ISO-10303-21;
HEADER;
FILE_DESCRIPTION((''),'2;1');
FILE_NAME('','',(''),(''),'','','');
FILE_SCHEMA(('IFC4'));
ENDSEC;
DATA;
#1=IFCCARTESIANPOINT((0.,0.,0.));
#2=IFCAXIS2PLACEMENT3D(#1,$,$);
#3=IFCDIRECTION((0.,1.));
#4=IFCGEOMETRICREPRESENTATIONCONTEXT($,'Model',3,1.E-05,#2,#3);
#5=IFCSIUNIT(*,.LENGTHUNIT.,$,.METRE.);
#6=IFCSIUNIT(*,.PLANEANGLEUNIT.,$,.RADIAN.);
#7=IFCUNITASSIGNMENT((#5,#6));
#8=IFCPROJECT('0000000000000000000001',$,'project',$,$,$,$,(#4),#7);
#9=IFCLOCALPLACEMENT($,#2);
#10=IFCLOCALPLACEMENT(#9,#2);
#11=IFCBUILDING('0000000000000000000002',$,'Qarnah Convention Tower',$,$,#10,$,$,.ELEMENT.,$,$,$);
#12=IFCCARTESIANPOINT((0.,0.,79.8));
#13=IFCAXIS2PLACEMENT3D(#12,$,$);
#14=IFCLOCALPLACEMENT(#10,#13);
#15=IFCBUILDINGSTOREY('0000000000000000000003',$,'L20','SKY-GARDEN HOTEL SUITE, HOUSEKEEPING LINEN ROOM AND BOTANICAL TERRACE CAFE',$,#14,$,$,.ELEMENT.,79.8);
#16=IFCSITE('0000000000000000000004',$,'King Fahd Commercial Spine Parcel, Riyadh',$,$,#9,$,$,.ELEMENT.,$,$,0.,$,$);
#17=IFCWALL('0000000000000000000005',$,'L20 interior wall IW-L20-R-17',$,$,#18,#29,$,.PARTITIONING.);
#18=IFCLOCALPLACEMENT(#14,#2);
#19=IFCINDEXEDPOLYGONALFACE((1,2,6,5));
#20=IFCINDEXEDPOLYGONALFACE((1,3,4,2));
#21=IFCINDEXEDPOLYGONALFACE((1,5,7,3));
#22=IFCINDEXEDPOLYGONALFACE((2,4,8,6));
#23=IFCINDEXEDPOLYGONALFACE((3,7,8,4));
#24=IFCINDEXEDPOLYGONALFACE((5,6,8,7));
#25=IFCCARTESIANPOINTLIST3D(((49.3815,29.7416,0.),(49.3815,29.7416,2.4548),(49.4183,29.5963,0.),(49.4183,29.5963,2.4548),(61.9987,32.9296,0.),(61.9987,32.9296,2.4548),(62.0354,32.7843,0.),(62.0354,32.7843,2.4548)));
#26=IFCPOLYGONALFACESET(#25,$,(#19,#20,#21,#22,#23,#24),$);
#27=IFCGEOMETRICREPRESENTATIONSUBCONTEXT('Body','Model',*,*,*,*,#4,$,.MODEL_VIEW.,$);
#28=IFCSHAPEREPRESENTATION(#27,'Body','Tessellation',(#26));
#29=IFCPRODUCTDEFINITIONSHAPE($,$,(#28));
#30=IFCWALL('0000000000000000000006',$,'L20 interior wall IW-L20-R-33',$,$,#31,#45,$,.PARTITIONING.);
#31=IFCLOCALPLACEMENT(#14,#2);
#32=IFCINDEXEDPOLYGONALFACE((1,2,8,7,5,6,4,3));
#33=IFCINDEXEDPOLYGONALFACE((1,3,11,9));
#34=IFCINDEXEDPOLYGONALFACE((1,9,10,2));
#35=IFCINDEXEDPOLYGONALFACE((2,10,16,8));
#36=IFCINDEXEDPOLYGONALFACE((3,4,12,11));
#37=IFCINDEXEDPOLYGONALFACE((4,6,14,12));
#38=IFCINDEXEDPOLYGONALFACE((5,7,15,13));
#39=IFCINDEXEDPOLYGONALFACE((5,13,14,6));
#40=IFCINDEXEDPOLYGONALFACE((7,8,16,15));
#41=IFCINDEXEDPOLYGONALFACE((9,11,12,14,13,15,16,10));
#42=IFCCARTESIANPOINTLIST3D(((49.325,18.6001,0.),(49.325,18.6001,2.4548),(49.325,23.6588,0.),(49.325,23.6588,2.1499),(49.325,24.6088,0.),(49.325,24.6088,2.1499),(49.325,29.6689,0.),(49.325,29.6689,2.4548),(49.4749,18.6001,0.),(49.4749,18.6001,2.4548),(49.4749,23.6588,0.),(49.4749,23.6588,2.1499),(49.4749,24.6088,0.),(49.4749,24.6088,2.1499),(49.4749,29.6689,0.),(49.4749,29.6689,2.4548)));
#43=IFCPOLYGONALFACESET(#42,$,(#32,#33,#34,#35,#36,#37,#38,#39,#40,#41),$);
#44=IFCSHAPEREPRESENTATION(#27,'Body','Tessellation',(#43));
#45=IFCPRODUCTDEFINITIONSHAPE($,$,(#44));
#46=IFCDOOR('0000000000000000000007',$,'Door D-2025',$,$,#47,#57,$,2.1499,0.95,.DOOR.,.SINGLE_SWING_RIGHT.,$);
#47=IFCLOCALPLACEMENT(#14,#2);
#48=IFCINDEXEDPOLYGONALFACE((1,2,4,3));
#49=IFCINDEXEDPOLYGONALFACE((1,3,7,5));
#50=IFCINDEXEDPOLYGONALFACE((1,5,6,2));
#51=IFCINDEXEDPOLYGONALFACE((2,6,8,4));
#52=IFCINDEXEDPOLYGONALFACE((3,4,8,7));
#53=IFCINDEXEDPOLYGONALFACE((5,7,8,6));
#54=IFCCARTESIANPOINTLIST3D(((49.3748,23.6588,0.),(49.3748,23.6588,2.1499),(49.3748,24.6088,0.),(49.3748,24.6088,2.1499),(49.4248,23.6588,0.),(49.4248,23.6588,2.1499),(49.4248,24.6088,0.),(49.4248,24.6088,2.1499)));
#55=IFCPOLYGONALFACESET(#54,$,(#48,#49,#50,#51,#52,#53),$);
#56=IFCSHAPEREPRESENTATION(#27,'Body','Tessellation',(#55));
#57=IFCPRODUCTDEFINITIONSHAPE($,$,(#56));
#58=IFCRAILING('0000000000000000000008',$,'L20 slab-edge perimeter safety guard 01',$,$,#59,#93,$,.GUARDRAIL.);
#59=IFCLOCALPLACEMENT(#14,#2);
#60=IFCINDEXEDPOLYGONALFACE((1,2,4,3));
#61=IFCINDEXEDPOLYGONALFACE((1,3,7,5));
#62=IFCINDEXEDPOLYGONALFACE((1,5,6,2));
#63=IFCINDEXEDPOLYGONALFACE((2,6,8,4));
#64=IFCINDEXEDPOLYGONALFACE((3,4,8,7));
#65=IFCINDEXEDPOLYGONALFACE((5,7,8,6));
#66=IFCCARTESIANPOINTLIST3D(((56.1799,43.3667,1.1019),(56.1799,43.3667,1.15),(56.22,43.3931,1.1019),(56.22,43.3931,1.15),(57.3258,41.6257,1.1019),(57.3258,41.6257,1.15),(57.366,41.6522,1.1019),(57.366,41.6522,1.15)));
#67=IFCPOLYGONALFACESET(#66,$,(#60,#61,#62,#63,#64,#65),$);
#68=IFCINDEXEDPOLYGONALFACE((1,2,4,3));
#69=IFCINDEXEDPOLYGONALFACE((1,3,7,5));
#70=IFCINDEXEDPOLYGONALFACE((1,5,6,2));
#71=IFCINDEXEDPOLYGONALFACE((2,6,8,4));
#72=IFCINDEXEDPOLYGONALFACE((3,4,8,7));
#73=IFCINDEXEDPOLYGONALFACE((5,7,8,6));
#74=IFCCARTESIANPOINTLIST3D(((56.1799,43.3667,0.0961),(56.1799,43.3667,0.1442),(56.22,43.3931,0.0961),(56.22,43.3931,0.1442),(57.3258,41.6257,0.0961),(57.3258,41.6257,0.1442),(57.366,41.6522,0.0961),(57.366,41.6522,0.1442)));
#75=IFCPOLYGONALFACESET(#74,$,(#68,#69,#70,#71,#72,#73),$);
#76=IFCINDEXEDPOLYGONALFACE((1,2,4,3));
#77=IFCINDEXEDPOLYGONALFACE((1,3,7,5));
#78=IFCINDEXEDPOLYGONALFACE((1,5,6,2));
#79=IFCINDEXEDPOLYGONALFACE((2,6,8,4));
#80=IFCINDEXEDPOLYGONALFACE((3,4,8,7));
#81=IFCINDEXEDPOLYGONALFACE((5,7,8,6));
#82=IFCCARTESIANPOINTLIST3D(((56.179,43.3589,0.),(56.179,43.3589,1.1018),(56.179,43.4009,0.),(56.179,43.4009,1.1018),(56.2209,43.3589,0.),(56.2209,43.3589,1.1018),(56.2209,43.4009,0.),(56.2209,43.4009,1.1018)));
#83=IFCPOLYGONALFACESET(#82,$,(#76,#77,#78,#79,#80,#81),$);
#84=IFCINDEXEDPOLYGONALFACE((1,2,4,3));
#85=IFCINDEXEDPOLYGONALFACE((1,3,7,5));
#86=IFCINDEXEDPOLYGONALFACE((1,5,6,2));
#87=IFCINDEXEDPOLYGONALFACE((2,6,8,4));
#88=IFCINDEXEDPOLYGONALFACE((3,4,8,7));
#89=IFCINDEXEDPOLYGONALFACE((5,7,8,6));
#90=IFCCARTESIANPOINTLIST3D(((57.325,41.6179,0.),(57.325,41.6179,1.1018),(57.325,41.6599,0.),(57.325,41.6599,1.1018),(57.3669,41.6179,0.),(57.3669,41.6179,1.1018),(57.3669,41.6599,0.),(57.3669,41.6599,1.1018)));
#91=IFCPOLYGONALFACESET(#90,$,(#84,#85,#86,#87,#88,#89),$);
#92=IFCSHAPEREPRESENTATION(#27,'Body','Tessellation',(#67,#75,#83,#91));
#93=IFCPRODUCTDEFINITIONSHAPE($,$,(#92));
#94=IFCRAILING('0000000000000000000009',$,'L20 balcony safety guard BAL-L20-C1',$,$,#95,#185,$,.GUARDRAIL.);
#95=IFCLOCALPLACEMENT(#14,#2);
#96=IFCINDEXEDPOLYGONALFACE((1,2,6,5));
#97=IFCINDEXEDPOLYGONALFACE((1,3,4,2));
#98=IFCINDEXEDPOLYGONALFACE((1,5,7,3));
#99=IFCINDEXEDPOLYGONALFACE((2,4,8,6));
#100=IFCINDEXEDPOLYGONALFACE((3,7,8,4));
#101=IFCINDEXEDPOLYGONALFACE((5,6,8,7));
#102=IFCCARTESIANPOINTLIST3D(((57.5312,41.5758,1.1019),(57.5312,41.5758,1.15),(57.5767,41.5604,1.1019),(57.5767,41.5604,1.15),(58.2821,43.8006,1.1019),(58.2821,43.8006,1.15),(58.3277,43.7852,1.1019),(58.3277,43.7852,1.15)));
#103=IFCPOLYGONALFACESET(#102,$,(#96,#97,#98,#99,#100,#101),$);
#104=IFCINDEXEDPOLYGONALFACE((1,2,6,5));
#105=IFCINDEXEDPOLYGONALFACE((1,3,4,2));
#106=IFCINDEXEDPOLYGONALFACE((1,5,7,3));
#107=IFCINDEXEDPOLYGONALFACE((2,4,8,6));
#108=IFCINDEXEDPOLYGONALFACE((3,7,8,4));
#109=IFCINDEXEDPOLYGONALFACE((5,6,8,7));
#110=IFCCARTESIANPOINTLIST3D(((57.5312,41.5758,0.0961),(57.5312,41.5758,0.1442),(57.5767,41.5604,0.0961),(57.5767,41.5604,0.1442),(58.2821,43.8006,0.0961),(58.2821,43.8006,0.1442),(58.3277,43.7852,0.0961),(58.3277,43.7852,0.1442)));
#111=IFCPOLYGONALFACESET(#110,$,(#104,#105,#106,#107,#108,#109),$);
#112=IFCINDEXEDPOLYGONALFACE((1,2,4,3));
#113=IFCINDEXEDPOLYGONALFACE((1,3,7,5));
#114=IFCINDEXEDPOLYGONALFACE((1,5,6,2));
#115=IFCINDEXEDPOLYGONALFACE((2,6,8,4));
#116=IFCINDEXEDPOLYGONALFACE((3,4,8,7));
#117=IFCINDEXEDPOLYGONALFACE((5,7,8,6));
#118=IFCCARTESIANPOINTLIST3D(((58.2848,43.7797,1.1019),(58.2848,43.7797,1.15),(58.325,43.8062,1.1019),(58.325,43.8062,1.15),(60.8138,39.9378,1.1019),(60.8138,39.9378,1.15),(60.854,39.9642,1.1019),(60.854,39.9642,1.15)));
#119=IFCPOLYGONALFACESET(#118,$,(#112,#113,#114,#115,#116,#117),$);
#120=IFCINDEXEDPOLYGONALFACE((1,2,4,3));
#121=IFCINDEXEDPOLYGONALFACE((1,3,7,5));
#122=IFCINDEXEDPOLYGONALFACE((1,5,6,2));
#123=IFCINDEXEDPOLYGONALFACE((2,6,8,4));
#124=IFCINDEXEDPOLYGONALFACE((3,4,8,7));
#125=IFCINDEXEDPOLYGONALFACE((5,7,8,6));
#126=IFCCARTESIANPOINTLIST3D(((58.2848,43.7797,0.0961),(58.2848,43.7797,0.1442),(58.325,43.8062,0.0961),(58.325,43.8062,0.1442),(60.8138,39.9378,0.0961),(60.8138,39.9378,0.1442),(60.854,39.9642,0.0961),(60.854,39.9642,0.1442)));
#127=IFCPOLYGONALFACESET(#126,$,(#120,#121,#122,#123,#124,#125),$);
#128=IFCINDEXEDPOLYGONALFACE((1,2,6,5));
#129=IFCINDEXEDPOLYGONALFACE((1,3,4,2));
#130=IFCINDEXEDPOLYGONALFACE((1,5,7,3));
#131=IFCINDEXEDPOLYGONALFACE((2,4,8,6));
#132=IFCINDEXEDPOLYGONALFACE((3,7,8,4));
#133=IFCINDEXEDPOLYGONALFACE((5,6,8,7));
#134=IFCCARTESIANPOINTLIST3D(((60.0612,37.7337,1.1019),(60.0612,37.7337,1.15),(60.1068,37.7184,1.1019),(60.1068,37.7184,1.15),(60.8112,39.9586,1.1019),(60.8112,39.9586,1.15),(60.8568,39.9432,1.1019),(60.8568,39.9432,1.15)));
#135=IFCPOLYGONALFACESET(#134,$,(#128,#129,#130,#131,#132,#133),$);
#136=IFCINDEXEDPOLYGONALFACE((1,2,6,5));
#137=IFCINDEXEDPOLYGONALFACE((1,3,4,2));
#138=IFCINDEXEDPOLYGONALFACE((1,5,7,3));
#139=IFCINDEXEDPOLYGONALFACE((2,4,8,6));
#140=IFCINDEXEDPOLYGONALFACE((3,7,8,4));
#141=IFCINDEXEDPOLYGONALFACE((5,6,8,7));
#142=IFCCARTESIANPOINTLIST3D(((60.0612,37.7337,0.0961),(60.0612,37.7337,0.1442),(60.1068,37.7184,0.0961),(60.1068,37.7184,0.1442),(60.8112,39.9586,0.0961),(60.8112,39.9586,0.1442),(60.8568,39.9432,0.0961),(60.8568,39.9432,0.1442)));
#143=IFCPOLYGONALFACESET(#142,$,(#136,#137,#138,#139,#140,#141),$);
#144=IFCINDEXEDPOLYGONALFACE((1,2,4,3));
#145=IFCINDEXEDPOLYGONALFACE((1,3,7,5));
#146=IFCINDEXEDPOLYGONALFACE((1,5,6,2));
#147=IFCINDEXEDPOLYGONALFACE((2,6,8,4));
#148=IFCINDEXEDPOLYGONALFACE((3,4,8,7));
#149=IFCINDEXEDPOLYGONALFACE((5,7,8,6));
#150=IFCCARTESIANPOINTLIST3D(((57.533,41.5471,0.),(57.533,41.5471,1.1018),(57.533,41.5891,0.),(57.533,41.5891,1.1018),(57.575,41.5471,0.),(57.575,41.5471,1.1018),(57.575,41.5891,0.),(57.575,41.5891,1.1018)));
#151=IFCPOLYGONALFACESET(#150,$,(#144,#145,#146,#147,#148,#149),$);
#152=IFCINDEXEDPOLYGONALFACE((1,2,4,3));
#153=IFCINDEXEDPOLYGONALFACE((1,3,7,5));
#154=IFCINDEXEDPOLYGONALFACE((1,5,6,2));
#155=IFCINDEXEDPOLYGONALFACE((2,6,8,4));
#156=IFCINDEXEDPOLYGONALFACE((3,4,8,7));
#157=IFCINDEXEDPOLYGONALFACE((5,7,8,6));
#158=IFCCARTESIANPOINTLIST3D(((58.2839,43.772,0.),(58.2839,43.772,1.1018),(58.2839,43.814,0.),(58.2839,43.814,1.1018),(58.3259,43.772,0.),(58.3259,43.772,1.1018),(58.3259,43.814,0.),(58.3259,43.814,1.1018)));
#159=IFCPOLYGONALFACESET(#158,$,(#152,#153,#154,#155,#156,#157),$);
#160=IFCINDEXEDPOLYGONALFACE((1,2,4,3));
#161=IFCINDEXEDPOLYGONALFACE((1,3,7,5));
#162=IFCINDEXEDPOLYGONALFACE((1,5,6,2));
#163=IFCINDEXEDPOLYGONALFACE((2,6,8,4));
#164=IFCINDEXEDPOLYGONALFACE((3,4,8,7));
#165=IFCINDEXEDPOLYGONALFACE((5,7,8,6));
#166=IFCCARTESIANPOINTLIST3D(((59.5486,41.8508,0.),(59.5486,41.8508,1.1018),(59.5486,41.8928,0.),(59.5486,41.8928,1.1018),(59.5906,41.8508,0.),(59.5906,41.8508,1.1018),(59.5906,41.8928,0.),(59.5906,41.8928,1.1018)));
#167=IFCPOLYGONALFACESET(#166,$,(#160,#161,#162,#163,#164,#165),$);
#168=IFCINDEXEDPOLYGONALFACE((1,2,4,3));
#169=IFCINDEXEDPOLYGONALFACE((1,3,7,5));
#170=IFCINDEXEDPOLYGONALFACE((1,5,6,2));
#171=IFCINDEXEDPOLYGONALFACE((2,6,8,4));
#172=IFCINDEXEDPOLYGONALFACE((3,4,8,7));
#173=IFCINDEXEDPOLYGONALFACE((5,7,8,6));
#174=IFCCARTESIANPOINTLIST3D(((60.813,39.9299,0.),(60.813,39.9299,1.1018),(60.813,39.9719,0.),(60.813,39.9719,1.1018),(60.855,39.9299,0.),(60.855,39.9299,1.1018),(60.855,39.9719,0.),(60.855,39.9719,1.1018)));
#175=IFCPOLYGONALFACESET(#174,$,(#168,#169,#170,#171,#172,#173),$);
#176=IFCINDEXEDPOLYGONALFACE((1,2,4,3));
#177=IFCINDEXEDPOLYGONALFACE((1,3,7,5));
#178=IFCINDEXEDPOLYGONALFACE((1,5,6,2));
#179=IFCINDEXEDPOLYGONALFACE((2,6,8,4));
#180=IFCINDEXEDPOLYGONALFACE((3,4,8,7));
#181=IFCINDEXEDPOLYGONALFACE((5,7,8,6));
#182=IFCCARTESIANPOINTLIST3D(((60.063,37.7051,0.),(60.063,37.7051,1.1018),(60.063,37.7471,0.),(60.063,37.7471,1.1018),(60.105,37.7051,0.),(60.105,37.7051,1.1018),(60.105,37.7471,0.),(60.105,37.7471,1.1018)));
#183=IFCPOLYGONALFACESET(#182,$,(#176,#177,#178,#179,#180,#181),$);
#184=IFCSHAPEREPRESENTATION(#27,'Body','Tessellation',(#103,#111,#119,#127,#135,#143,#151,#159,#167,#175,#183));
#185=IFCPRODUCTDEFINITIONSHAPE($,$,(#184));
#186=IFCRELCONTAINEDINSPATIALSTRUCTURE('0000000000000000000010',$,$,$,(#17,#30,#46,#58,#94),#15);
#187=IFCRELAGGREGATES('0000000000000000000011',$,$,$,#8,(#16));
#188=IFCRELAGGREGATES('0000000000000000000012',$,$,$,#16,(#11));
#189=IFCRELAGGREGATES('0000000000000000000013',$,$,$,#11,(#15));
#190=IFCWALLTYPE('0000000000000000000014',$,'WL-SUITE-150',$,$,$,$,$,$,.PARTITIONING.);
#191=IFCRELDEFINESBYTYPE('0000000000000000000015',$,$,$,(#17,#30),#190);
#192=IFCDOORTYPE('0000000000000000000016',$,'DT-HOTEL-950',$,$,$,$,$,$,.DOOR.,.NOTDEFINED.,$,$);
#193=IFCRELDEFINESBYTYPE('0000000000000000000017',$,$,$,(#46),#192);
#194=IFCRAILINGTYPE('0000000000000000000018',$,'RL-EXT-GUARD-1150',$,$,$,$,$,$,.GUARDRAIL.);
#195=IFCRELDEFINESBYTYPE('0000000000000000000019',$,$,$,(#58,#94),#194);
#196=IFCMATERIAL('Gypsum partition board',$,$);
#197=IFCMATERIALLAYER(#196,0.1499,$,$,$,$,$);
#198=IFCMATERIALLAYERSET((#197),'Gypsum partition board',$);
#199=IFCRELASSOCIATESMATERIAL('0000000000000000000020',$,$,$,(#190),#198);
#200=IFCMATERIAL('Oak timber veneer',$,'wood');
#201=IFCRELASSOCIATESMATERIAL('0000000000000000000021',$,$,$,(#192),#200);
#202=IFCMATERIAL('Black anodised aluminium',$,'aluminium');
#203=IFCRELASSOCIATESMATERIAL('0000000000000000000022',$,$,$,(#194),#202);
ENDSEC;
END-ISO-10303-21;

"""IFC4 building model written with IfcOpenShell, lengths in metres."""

from ifc_helpers import new_model, si_unit, direction, frame, frame_2d, origin, origin_2d, place, context, subcontext, project, spatial, rectangle, extrude, material, layer, layer_set, type_object, element, fill, save


model = new_model("IFC4")

# Units and contexts
model_context = context("Model", 3, precision=1e-05, world=origin(), true_north=direction((0.0, 1.0)))
body_context = subcontext(model_context, "Body", "Model", "MODEL_VIEW")
ifc_project = project(units=[si_unit("LENGTHUNIT", "METRE"), si_unit("PLANEANGLEUNIT", "RADIAN")], contexts=[model_context])

# Site, building, storey
site_placement = place(None, origin())
site = spatial("IfcSite", under=ifc_project, at=site_placement, Name="King Fahd Commercial Spine Parcel, Riyadh", CompositionType="ELEMENT", RefElevation=0.0)
building_placement = place(site_placement, origin())
building = spatial("IfcBuilding", under=site, at=building_placement, Name="Qarnah Convention Tower", CompositionType="ELEMENT")
storey_placement = place(building_placement, frame((0.0, 0.0, 79.8)))
storey = spatial("IfcBuildingStorey", under=building, at=storey_placement, Name="L20", Description="SKY-GARDEN HOTEL SUITE, HOUSEKEEPING LINEN ROOM AND BOTANICAL TERRACE CAFE", CompositionType="ELEMENT", Elevation=79.8)

# Shared definitions
ifc_material_1 = material(Name="Black anodised aluminium", Category="aluminium")

# Wall
ifc_material_2 = material(Name="Gypsum partition board")
ifc_layer_1 = layer(ifc_material_2, 0.1499)
ifc_layer_set_1 = layer_set([ifc_layer_1], Name="Gypsum partition board")
wall_type_1 = type_object("IfcWallType", Name="WL-SUITE-150", PredefinedType="PARTITIONING", material=ifc_layer_set_1)
wall_1_placement = place(storey_placement, frame((49.3999, 29.6689, 0.0), z_axis=(0.0, 0.0, 1.0), x_axis=(0.96953, 0.244971, 0.0)))
element("IfcWall", 1, at=wall_1_placement, inside=storey, type_object=wall_type_1, Name="L20 interior wall IW-L20-R-17", PredefinedType="PARTITIONING", context=body_context, shape_type="SweptSolid", body=[
    extrude(rectangle(XDim=13.0137, YDim=0.1499, at=frame_2d((6.5068, 0.0))), origin(), (0.0, 0.0, 1.0), 2.4548),
])

# Wall, opening, door
wall_2_placement = place(storey_placement, frame((49.3999, 29.6689, 0.0), z_axis=(0.0, 0.0, 1.0), x_axis=(0.0, -1.0, 0.0)))
wall_2 = element("IfcWall", 2, at=wall_2_placement, inside=storey, type_object=wall_type_1, Name="L20 interior wall IW-L20-R-33", PredefinedType="PARTITIONING", context=body_context, shape_type="SweptSolid", body=[
    extrude(rectangle(XDim=11.0688, YDim=0.1499, at=frame_2d((5.5344, 0.0))), origin(), (0.0, 0.0, 1.0), 2.4548),
])
opening_1_placement = place(wall_2_placement, frame((5.0601, 0.0, 0.0)))
opening_1 = element("IfcOpeningElement", 3, at=opening_1_placement, cuts=wall_2, PredefinedType="OPENING", context=body_context, shape_type="SweptSolid", body=[
    extrude(rectangle(XDim=0.95, YDim=2.1499, at=frame_2d((0.4751, 1.075))), frame((0.0, 0.085, 0.0), z_axis=(0.0, -1.0, 0.0), x_axis=(1.0, 0.0, 0.0)), (0.0, 0.0, 1.0), 0.1699),
])
ifc_material_3 = material(Name="Oak timber veneer", Category="wood")
door_type_1 = type_object("IfcDoorType", Name="DT-HOTEL-950", OperationType="NOTDEFINED", PredefinedType="DOOR", material=ifc_material_3)
door_1_placement = place(opening_1_placement, origin())
door_1 = element("IfcDoor", 4, at=door_1_placement, inside=storey, type_object=door_type_1, Name="Door D-2025", OperationType="SINGLE_SWING_RIGHT", OverallHeight=2.1499, OverallWidth=0.95, PredefinedType="DOOR", context=body_context, shape_type="SweptSolid", body=[
    extrude(rectangle(XDim=0.95, YDim=2.1499, at=frame_2d((0.4751, 1.075))), frame((0.0, 0.0249, 0.0), z_axis=(0.0, -1.0, 0.0), x_axis=(1.0, 0.0, 0.0)), (0.0, 0.0, 1.0), 0.05),
])
fill(opening_1, door_1)

# Railings
railing_type = type_object("IfcRailingType", Name="RL-EXT-GUARD-1150", PredefinedType="GUARDRAIL", material=ifc_material_1)
railing_1_placement = place(storey_placement, frame((56.2, 43.3799, 0.0)))
element("IfcRailing", 5, at=railing_1_placement, inside=storey, type_object=railing_type, Name="L20 slab-edge perimeter safety guard 01", PredefinedType="GUARDRAIL", context=body_context, shape_type="SweptSolid", body=[
    extrude(rectangle(XDim=0.0481, YDim=0.0481, at=origin_2d()), frame((0.0, 0.0, 1.126), z_axis=(0.549825, -0.83528, 0.0), x_axis=(0.83528, 0.549825, 0.0)), (0.0, 0.0, 1.0), 2.0842),
    extrude(rectangle(XDim=0.0481, YDim=0.0481, at=origin_2d()), frame((0.0, 0.0, 0.1201), z_axis=(0.549825, -0.83528, 0.0), x_axis=(0.83528, 0.549825, 0.0)), (0.0, 0.0, 1.0), 2.0842),
    extrude(rectangle(XDim=0.042, YDim=0.042, at=origin_2d()), origin(), (0.0, 0.0, 1.0), 1.1018),
    extrude(rectangle(XDim=0.042, YDim=0.042, at=origin_2d()), frame((1.146, -1.741, 0.0)), (0.0, 0.0, 1.0), 1.1018),
])
railing_2_placement = place(storey_placement, frame((57.554, 41.5681, 0.0)))
element("IfcRailing", 6, at=railing_2_placement, inside=storey, type_object=railing_type, Name="L20 balcony safety guard BAL-L20-C1", PredefinedType="GUARDRAIL", context=body_context, shape_type="SweptSolid", body=[
    extrude(rectangle(XDim=0.0481, YDim=0.0481, at=origin_2d()), frame((0.0, 0.0, 1.126), z_axis=(0.319812, 0.947481, 0.0), x_axis=(-0.947481, 0.319812, 0.0)), (0.0, 0.0, 1.0), 2.3481),
    extrude(rectangle(XDim=0.0481, YDim=0.0481, at=origin_2d()), frame((0.0, 0.0, 0.1201), z_axis=(0.319812, 0.947481, 0.0), x_axis=(-0.947481, 0.319812, 0.0)), (0.0, 0.0, 1.0), 2.3481),
    extrude(rectangle(XDim=0.0481, YDim=0.0481, at=origin_2d()), frame((0.751, 2.2249, 1.126), z_axis=(0.549828, -0.835278, 0.0), x_axis=(0.835278, 0.549828, 0.0)), (0.0, 0.0, 1.0), 4.5996),
    extrude(rectangle(XDim=0.0481, YDim=0.0481, at=origin_2d()), frame((0.751, 2.2249, 0.1201), z_axis=(0.549828, -0.835278, 0.0), x_axis=(0.835278, 0.549828, 0.0)), (0.0, 0.0, 1.0), 4.5996),
    extrude(rectangle(XDim=0.0481, YDim=0.0481, at=origin_2d()), frame((3.28, -1.6172, 1.126), z_axis=(-0.319439, -0.947607, 0.0), x_axis=(0.947607, -0.319439, 0.0)), (0.0, 0.0, 1.0), 2.3479),
    extrude(rectangle(XDim=0.0481, YDim=0.0481, at=origin_2d()), frame((3.28, -1.6172, 0.1201), z_axis=(-0.319439, -0.947607, 0.0), x_axis=(0.947607, -0.319439, 0.0)), (0.0, 0.0, 1.0), 2.3479),
    extrude(rectangle(XDim=0.042, YDim=0.042, at=origin_2d()), origin(), (0.0, 0.0, 1.0), 1.1018),
    extrude(rectangle(XDim=0.042, YDim=0.042, at=origin_2d()), frame((0.751, 2.2249, 0.0)), (0.0, 0.0, 1.0), 1.1018),
    extrude(rectangle(XDim=0.042, YDim=0.042, at=origin_2d()), frame((2.0156, 0.3037, 0.0)), (0.0, 0.0, 1.0), 1.1018),
    extrude(rectangle(XDim=0.042, YDim=0.042, at=origin_2d()), frame((3.28, -1.6172, 0.0)), (0.0, 0.0, 1.0), 1.1018),
    extrude(rectangle(XDim=0.042, YDim=0.042, at=origin_2d()), frame((2.53, -3.842, 0.0)), (0.0, 0.0, 1.0), 1.1018),
])

save(model, "model.ifc")
